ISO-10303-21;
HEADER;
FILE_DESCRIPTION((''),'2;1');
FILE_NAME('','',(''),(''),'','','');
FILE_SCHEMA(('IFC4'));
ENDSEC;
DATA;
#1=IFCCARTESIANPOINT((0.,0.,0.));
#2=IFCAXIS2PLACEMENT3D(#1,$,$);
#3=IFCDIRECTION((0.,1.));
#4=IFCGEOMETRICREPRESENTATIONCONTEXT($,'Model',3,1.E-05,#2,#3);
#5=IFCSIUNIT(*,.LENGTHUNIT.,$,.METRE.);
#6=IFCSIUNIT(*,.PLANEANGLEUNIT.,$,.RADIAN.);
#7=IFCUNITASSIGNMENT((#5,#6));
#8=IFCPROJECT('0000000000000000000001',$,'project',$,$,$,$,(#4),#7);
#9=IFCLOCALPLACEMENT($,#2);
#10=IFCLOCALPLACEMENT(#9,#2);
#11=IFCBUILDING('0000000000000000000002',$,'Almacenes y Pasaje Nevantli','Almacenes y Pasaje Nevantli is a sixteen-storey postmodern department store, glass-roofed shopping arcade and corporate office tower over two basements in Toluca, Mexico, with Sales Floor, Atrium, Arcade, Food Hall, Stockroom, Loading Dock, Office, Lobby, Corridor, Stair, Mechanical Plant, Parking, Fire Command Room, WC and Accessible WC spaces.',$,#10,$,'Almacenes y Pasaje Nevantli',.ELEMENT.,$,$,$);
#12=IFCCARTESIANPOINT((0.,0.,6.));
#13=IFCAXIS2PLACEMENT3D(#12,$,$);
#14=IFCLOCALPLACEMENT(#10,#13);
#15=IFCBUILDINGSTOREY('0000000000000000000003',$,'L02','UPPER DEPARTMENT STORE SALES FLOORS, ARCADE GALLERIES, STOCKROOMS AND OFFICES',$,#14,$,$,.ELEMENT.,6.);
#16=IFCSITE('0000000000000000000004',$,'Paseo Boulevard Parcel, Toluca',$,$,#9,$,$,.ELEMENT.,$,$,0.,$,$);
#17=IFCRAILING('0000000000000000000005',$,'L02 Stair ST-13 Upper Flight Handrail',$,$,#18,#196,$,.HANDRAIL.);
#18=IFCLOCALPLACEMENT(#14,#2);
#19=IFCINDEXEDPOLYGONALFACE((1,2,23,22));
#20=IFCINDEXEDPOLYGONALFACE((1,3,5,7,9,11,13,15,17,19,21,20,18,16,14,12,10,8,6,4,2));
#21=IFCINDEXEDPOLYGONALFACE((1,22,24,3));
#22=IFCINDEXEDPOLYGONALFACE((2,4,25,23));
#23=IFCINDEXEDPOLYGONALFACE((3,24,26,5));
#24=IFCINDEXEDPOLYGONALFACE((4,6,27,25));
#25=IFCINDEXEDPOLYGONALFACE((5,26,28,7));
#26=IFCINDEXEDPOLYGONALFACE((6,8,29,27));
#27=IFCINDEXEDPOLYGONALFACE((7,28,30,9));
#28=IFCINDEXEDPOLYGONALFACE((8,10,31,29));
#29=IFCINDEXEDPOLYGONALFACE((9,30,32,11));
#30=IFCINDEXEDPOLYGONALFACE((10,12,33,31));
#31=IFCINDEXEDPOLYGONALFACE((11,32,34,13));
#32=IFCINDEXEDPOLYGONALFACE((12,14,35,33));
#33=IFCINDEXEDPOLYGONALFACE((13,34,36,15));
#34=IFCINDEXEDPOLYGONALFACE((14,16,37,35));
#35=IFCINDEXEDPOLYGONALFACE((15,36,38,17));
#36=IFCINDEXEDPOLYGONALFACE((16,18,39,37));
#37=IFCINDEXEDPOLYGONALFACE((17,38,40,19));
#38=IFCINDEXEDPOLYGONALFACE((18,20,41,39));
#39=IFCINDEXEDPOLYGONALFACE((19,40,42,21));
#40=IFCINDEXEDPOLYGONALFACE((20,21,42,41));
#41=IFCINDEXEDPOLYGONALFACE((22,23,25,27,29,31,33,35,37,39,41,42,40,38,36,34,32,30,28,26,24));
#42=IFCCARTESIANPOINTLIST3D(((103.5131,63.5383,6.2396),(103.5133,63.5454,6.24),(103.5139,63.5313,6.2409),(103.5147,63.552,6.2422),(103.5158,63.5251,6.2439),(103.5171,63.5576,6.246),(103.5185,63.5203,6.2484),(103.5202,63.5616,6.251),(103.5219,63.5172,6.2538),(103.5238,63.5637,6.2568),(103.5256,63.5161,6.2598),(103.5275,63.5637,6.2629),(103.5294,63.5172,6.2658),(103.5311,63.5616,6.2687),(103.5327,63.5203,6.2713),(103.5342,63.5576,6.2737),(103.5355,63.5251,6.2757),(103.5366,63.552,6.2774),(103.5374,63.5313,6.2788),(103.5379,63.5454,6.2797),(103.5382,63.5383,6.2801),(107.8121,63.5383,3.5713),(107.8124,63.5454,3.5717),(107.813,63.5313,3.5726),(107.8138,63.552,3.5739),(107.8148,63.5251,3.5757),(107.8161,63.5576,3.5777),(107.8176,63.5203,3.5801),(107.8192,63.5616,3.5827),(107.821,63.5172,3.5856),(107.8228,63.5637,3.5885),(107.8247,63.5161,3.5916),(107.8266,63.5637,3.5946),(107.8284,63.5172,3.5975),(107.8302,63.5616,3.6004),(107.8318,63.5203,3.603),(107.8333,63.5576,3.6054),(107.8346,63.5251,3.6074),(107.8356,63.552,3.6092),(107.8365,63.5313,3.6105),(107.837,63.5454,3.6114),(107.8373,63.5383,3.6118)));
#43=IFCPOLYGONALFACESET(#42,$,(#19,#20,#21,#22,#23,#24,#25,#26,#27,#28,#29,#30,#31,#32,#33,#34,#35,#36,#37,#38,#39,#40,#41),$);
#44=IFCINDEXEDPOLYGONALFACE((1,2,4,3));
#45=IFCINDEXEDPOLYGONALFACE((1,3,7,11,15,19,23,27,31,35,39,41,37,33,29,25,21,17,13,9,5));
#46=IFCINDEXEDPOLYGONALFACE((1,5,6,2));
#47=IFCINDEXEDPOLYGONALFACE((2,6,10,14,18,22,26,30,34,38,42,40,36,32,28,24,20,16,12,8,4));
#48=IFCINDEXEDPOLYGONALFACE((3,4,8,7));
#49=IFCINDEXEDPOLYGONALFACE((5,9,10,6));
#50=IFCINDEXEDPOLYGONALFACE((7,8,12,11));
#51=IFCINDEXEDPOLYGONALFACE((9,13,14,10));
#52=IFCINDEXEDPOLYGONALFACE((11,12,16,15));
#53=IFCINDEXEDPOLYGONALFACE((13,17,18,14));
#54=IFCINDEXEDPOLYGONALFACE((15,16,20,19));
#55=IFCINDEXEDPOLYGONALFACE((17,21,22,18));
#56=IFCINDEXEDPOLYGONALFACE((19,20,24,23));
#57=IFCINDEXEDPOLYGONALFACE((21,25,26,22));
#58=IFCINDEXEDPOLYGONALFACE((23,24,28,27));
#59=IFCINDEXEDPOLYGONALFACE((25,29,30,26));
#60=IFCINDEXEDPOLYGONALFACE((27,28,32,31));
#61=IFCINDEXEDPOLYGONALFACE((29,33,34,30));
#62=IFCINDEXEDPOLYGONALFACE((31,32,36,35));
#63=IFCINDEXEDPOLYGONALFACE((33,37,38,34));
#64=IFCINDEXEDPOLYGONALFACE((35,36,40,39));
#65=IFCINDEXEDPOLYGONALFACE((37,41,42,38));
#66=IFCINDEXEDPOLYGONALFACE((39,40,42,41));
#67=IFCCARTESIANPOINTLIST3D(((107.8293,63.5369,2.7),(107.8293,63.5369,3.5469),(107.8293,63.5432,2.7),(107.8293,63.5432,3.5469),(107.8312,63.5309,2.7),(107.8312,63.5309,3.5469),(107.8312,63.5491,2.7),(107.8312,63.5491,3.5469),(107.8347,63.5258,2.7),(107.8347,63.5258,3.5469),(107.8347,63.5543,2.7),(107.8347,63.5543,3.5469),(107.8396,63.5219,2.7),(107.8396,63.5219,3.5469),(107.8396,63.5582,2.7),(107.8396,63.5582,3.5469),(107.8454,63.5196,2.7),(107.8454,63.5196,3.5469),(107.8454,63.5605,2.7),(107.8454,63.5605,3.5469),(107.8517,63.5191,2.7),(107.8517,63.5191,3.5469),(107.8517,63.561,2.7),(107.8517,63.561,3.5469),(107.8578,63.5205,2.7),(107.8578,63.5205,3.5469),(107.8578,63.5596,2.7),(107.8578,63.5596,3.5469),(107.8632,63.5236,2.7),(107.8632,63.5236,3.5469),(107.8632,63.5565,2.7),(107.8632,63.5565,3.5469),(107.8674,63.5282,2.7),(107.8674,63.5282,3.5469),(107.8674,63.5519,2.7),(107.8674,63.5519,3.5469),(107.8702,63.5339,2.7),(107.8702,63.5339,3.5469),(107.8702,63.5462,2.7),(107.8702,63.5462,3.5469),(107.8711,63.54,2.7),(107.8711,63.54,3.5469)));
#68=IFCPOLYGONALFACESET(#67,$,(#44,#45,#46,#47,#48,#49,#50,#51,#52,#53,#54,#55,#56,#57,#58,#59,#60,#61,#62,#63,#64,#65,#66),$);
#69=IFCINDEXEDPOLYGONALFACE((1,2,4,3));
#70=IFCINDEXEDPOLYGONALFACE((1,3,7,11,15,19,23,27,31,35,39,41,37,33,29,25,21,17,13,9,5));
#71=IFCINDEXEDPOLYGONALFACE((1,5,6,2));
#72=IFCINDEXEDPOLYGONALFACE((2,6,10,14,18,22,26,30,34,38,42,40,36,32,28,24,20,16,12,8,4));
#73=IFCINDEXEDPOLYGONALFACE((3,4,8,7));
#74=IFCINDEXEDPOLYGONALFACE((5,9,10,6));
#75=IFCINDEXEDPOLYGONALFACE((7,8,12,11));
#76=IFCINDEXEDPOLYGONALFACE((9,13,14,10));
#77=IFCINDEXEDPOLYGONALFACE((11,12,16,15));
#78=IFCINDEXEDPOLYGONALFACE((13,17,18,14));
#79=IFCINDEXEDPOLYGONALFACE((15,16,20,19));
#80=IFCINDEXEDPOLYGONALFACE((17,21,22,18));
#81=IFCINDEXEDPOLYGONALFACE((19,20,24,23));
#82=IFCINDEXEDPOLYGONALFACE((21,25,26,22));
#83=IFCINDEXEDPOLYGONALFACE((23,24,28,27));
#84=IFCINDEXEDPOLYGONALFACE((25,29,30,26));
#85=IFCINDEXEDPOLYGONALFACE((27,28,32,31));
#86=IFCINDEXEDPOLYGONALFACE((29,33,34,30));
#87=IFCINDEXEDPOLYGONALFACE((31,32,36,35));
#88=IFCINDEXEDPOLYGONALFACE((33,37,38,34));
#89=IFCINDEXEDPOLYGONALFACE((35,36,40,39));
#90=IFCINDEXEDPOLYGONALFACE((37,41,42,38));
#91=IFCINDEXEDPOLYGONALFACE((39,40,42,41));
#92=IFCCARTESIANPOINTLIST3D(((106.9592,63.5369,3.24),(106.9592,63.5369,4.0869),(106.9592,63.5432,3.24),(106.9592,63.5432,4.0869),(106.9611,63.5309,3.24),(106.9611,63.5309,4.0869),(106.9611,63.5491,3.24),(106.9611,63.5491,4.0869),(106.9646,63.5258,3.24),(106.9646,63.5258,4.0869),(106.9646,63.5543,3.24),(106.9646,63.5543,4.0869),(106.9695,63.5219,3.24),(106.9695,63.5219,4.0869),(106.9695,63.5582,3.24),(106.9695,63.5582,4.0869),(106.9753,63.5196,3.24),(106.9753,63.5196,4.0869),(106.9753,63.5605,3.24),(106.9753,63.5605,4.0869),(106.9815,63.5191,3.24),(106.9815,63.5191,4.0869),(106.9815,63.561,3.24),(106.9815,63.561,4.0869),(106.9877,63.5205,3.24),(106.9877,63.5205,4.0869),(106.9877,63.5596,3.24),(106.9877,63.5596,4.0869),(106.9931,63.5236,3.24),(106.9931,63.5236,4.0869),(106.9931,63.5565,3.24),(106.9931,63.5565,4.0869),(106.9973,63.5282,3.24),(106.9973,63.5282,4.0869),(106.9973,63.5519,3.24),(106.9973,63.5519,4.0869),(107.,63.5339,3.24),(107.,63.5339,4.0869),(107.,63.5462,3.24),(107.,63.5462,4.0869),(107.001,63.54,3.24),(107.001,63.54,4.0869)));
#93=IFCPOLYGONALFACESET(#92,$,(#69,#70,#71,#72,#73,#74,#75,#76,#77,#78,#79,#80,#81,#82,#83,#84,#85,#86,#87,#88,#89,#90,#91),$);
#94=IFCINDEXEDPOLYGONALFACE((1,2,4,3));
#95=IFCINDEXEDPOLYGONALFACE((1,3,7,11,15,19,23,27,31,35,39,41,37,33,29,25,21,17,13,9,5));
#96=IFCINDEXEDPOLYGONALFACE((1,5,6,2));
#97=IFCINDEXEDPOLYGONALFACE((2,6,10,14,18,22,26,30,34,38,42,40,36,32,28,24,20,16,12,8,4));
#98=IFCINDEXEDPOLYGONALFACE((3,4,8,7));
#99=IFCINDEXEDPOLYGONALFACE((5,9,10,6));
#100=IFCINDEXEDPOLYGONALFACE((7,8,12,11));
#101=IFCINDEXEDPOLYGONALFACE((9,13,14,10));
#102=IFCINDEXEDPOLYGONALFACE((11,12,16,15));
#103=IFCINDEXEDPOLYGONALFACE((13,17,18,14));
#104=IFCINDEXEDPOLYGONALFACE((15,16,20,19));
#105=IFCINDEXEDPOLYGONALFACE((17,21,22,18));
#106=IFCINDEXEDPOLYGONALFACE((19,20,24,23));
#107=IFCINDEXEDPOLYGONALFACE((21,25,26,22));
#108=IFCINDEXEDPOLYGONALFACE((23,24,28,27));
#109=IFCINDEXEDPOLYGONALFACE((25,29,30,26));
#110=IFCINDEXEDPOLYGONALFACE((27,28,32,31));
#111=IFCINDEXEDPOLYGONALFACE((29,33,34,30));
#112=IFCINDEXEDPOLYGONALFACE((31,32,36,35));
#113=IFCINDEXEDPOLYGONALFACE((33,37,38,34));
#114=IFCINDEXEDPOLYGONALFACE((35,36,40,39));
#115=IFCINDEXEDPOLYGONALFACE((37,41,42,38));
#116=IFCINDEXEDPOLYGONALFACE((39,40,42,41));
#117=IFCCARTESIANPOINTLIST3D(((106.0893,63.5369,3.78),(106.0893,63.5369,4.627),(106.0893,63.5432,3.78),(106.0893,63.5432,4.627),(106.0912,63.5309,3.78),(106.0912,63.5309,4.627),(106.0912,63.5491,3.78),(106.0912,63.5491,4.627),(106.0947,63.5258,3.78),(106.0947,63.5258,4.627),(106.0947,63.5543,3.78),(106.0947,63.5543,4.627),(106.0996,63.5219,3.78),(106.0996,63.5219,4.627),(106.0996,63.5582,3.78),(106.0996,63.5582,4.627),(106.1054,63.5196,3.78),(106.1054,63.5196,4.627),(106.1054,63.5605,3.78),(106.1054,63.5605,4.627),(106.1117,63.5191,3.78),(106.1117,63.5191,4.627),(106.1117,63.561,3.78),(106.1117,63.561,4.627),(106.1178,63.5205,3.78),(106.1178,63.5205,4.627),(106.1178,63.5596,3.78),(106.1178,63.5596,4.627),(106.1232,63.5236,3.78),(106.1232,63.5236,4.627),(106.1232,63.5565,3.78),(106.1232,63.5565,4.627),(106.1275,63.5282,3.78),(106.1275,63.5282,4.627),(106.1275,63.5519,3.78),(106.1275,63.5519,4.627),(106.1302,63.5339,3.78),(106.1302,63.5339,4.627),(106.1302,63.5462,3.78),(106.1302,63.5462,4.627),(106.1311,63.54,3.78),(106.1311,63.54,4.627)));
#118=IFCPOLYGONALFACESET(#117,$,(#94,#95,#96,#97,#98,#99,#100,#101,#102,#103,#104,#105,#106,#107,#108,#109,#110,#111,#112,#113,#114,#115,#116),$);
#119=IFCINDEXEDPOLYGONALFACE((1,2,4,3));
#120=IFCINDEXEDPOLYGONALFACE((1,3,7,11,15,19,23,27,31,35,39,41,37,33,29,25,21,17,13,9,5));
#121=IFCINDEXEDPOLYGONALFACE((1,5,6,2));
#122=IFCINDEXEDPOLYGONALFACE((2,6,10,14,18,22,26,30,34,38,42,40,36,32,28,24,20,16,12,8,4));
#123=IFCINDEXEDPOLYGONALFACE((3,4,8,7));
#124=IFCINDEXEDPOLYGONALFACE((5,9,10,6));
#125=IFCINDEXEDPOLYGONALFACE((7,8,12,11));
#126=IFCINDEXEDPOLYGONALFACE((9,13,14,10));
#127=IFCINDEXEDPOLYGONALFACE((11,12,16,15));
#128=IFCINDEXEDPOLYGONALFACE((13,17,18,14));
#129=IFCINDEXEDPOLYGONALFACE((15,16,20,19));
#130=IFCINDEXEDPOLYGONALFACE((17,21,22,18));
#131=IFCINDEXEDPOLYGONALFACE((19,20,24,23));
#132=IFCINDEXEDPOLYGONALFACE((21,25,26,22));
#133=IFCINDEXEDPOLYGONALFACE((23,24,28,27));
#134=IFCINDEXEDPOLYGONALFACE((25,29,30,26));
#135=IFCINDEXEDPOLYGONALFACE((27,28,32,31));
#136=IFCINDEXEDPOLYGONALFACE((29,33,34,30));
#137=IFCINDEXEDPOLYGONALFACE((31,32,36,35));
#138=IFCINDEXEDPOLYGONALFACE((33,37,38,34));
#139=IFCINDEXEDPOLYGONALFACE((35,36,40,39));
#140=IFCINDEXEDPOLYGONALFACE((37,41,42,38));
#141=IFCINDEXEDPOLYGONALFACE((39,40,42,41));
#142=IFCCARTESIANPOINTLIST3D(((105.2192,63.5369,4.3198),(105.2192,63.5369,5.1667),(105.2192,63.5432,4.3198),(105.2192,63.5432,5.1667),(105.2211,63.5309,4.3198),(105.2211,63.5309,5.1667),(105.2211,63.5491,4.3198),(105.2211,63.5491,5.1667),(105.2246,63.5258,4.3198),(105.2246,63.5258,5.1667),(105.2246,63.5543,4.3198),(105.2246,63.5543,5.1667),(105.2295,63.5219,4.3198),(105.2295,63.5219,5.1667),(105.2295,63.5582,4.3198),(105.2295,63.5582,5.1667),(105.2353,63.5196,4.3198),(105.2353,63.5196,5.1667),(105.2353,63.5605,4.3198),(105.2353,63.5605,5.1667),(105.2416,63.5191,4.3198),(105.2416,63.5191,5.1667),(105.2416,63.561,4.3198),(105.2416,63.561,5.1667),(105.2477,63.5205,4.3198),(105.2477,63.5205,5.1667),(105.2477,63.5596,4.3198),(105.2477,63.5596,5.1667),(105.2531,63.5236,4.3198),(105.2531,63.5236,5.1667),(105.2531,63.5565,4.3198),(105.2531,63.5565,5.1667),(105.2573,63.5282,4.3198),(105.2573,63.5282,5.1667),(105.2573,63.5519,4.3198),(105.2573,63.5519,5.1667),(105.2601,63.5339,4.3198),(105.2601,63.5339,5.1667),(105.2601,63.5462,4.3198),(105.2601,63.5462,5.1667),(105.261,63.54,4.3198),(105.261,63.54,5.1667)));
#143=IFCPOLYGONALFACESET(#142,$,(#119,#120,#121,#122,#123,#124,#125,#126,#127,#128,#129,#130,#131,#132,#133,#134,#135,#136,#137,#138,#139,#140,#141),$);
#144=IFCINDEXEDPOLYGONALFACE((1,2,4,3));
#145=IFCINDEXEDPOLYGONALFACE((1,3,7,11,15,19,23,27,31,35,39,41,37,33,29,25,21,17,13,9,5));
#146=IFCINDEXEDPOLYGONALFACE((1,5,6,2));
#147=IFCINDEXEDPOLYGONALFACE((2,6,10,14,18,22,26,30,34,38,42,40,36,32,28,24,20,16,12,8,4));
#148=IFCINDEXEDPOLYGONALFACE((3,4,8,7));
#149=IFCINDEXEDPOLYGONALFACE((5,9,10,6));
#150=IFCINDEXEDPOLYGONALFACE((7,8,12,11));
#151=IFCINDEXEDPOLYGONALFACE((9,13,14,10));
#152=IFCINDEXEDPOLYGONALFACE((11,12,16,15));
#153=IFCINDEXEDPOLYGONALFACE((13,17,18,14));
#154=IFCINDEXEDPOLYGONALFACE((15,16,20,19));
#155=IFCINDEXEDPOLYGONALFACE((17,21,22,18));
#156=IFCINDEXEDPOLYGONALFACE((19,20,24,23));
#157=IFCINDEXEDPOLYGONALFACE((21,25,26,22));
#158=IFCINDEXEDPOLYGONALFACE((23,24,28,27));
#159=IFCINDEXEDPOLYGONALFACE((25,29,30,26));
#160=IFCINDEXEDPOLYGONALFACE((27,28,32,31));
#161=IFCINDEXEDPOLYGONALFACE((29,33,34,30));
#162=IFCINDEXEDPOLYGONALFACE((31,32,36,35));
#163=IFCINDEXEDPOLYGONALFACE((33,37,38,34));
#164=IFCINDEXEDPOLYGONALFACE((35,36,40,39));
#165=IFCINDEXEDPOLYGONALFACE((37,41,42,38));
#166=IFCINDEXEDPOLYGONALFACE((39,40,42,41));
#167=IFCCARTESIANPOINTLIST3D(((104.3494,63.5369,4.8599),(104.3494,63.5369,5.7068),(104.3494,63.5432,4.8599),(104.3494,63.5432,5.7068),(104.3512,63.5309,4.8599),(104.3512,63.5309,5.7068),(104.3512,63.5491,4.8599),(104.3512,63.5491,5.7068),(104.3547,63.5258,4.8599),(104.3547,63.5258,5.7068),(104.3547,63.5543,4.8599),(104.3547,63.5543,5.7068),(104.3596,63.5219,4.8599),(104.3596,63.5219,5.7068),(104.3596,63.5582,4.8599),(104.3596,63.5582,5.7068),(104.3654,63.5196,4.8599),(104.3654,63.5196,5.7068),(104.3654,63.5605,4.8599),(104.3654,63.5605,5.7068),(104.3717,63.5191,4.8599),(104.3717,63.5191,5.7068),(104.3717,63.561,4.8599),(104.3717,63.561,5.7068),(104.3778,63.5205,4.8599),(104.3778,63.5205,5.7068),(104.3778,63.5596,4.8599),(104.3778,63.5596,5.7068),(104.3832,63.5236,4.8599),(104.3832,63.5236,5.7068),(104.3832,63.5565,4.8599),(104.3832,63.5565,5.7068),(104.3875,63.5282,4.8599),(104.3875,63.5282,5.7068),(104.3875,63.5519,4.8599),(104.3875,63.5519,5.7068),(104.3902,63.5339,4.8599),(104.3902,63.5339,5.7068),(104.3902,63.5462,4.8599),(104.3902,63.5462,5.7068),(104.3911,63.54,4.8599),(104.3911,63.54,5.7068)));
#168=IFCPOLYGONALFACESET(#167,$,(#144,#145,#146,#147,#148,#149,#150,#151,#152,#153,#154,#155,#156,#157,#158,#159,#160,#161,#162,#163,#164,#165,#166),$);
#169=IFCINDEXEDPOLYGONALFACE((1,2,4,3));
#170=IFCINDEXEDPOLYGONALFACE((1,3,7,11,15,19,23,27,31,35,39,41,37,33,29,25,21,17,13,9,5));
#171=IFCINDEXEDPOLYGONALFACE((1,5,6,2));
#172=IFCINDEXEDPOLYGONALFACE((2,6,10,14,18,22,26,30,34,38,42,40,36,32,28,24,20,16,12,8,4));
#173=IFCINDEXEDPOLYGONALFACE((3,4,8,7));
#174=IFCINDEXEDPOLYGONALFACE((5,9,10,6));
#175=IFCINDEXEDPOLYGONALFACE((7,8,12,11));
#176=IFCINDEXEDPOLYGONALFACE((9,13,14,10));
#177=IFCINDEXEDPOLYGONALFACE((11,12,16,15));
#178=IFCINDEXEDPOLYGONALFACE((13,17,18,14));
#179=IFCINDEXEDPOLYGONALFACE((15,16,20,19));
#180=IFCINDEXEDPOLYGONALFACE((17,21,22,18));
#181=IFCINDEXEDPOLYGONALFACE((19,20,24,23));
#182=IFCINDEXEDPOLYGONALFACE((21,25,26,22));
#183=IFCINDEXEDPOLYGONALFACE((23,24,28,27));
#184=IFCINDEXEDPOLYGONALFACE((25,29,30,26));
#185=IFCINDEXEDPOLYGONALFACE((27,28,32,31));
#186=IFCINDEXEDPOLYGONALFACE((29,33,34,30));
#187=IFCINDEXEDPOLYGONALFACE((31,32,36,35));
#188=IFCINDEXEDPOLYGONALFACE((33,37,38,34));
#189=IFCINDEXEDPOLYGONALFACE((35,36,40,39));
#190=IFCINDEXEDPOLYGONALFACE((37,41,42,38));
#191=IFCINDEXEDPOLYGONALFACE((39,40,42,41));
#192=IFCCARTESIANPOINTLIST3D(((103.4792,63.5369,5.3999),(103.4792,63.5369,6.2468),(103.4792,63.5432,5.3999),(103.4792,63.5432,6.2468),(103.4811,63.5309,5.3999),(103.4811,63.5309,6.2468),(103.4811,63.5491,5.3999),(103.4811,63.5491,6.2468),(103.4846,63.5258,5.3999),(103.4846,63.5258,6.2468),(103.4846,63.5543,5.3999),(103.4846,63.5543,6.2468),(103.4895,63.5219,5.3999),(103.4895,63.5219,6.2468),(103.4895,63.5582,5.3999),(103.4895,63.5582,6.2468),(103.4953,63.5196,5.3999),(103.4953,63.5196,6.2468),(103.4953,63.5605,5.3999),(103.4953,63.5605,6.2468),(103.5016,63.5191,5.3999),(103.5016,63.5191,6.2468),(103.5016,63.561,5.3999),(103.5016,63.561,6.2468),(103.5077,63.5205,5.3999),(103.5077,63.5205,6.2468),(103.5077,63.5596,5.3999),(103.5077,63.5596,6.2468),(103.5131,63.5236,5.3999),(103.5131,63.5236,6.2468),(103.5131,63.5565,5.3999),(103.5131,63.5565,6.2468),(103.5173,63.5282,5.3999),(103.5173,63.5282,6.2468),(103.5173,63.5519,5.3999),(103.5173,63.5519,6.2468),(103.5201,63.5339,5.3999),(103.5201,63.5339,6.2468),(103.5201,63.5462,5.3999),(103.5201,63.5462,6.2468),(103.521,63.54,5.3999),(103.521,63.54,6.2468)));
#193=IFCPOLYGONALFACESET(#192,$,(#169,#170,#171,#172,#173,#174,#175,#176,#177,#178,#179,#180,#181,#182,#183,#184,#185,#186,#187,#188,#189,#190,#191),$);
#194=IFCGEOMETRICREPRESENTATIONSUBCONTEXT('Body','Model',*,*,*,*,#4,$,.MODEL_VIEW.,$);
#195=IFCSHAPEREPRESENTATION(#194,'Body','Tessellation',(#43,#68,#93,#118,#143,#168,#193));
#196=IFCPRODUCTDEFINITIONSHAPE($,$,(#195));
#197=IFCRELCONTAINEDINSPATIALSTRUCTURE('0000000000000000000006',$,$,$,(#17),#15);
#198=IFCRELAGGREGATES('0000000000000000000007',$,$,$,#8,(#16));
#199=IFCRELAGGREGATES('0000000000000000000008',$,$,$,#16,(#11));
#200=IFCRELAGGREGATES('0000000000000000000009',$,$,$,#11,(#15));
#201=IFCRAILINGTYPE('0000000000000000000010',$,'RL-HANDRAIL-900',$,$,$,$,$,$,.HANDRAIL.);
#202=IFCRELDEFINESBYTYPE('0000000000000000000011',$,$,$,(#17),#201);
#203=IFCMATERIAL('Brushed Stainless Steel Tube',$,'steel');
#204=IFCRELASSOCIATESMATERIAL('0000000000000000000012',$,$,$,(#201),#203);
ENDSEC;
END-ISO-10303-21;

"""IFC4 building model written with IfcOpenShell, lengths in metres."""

from ifc_helpers import new_model, si_unit, direction, frame, origin, origin_2d, place, context, subcontext, project, spatial, circle, extrude, material, type_object, element, save


model = new_model("IFC4")

# Units and contexts
model_context = context("Model", 3, precision=1e-05, world=origin(), true_north=direction((0.0, 1.0)))
body_context = subcontext(model_context, "Body", "Model", "MODEL_VIEW")
ifc_project = project(units=[si_unit("LENGTHUNIT", "METRE"), si_unit("PLANEANGLEUNIT", "RADIAN")], contexts=[model_context])

# Site, building, storey
site_placement = place(None, origin())
site = spatial("IfcSite", under=ifc_project, at=site_placement, Name="Paseo Boulevard Parcel, Toluca", CompositionType="ELEMENT", RefElevation=0.0)
building_placement = place(site_placement, origin())
building = spatial("IfcBuilding", under=site, at=building_placement, Name="Almacenes y Pasaje Nevantli", Description="Almacenes y Pasaje Nevantli is a sixteen-storey postmodern department store, glass-roofed shopping arcade and corporate office tower over two basements in Toluca, Mexico, with Sales Floor, Atrium, Arcade, Food Hall, Stockroom, Loading Dock, Office, Lobby, Corridor, Stair, Mechanical Plant, Parking, Fire Command Room, WC and Accessible WC spaces.", LongName="Almacenes y Pasaje Nevantli", CompositionType="ELEMENT")
storey_placement = place(building_placement, frame((0.0, 0.0, 6.0)))
storey = spatial("IfcBuildingStorey", under=building, at=storey_placement, Name="L02", Description="UPPER DEPARTMENT STORE SALES FLOORS, ARCADE GALLERIES, STOCKROOMS AND OFFICES", CompositionType="ELEMENT", Elevation=6.0)

# Railing
ifc_material_1 = material(Name="Brushed Stainless Steel Tube", Category="steel")
railing_type_1 = type_object("IfcRailingType", Name="RL-HANDRAIL-900", PredefinedType="HANDRAIL", material=ifc_material_1)
railing_1_placement = place(storey_placement, frame((107.8501, 63.54, 2.7)))
element("IfcRailing", 1, at=railing_1_placement, inside=storey, type_object=railing_type_1, Name="L02 Stair ST-13 Upper Flight Handrail", PredefinedType="HANDRAIL", context=body_context, shape_type="SweptSolid", body=[
    extrude(circle(Radius=0.0239, at=origin_2d()), frame((-0.0254, 0.0, 0.8916), z_axis=(-0.84965, 0.0, 0.527347), x_axis=(0.0, -1.0, 0.0)), (0.0, 0.0, 1.0), 5.0598),
    extrude(circle(Radius=0.021, at=origin_2d()), origin(), (0.0, 0.0, 1.0), 0.8469),
    extrude(circle(Radius=0.021, at=origin_2d()), frame((-0.8701, 0.0, 0.54)), (0.0, 0.0, 1.0), 0.8469),
    extrude(circle(Radius=0.021, at=origin_2d()), frame((-1.74, 0.0, 1.0801)), (0.0, 0.0, 1.0), 0.8469),
    extrude(circle(Radius=0.021, at=origin_2d()), frame((-2.6101, 0.0, 1.6199)), (0.0, 0.0, 1.0), 0.8469),
    extrude(circle(Radius=0.021, at=origin_2d()), frame((-3.48, 0.0, 2.1599)), (0.0, 0.0, 1.0), 0.8469),
    extrude(circle(Radius=0.021, at=origin_2d()), frame((-4.3501, 0.0, 2.7)), (0.0, 0.0, 1.0), 0.8469),
])

save(model, "model.ifc")
